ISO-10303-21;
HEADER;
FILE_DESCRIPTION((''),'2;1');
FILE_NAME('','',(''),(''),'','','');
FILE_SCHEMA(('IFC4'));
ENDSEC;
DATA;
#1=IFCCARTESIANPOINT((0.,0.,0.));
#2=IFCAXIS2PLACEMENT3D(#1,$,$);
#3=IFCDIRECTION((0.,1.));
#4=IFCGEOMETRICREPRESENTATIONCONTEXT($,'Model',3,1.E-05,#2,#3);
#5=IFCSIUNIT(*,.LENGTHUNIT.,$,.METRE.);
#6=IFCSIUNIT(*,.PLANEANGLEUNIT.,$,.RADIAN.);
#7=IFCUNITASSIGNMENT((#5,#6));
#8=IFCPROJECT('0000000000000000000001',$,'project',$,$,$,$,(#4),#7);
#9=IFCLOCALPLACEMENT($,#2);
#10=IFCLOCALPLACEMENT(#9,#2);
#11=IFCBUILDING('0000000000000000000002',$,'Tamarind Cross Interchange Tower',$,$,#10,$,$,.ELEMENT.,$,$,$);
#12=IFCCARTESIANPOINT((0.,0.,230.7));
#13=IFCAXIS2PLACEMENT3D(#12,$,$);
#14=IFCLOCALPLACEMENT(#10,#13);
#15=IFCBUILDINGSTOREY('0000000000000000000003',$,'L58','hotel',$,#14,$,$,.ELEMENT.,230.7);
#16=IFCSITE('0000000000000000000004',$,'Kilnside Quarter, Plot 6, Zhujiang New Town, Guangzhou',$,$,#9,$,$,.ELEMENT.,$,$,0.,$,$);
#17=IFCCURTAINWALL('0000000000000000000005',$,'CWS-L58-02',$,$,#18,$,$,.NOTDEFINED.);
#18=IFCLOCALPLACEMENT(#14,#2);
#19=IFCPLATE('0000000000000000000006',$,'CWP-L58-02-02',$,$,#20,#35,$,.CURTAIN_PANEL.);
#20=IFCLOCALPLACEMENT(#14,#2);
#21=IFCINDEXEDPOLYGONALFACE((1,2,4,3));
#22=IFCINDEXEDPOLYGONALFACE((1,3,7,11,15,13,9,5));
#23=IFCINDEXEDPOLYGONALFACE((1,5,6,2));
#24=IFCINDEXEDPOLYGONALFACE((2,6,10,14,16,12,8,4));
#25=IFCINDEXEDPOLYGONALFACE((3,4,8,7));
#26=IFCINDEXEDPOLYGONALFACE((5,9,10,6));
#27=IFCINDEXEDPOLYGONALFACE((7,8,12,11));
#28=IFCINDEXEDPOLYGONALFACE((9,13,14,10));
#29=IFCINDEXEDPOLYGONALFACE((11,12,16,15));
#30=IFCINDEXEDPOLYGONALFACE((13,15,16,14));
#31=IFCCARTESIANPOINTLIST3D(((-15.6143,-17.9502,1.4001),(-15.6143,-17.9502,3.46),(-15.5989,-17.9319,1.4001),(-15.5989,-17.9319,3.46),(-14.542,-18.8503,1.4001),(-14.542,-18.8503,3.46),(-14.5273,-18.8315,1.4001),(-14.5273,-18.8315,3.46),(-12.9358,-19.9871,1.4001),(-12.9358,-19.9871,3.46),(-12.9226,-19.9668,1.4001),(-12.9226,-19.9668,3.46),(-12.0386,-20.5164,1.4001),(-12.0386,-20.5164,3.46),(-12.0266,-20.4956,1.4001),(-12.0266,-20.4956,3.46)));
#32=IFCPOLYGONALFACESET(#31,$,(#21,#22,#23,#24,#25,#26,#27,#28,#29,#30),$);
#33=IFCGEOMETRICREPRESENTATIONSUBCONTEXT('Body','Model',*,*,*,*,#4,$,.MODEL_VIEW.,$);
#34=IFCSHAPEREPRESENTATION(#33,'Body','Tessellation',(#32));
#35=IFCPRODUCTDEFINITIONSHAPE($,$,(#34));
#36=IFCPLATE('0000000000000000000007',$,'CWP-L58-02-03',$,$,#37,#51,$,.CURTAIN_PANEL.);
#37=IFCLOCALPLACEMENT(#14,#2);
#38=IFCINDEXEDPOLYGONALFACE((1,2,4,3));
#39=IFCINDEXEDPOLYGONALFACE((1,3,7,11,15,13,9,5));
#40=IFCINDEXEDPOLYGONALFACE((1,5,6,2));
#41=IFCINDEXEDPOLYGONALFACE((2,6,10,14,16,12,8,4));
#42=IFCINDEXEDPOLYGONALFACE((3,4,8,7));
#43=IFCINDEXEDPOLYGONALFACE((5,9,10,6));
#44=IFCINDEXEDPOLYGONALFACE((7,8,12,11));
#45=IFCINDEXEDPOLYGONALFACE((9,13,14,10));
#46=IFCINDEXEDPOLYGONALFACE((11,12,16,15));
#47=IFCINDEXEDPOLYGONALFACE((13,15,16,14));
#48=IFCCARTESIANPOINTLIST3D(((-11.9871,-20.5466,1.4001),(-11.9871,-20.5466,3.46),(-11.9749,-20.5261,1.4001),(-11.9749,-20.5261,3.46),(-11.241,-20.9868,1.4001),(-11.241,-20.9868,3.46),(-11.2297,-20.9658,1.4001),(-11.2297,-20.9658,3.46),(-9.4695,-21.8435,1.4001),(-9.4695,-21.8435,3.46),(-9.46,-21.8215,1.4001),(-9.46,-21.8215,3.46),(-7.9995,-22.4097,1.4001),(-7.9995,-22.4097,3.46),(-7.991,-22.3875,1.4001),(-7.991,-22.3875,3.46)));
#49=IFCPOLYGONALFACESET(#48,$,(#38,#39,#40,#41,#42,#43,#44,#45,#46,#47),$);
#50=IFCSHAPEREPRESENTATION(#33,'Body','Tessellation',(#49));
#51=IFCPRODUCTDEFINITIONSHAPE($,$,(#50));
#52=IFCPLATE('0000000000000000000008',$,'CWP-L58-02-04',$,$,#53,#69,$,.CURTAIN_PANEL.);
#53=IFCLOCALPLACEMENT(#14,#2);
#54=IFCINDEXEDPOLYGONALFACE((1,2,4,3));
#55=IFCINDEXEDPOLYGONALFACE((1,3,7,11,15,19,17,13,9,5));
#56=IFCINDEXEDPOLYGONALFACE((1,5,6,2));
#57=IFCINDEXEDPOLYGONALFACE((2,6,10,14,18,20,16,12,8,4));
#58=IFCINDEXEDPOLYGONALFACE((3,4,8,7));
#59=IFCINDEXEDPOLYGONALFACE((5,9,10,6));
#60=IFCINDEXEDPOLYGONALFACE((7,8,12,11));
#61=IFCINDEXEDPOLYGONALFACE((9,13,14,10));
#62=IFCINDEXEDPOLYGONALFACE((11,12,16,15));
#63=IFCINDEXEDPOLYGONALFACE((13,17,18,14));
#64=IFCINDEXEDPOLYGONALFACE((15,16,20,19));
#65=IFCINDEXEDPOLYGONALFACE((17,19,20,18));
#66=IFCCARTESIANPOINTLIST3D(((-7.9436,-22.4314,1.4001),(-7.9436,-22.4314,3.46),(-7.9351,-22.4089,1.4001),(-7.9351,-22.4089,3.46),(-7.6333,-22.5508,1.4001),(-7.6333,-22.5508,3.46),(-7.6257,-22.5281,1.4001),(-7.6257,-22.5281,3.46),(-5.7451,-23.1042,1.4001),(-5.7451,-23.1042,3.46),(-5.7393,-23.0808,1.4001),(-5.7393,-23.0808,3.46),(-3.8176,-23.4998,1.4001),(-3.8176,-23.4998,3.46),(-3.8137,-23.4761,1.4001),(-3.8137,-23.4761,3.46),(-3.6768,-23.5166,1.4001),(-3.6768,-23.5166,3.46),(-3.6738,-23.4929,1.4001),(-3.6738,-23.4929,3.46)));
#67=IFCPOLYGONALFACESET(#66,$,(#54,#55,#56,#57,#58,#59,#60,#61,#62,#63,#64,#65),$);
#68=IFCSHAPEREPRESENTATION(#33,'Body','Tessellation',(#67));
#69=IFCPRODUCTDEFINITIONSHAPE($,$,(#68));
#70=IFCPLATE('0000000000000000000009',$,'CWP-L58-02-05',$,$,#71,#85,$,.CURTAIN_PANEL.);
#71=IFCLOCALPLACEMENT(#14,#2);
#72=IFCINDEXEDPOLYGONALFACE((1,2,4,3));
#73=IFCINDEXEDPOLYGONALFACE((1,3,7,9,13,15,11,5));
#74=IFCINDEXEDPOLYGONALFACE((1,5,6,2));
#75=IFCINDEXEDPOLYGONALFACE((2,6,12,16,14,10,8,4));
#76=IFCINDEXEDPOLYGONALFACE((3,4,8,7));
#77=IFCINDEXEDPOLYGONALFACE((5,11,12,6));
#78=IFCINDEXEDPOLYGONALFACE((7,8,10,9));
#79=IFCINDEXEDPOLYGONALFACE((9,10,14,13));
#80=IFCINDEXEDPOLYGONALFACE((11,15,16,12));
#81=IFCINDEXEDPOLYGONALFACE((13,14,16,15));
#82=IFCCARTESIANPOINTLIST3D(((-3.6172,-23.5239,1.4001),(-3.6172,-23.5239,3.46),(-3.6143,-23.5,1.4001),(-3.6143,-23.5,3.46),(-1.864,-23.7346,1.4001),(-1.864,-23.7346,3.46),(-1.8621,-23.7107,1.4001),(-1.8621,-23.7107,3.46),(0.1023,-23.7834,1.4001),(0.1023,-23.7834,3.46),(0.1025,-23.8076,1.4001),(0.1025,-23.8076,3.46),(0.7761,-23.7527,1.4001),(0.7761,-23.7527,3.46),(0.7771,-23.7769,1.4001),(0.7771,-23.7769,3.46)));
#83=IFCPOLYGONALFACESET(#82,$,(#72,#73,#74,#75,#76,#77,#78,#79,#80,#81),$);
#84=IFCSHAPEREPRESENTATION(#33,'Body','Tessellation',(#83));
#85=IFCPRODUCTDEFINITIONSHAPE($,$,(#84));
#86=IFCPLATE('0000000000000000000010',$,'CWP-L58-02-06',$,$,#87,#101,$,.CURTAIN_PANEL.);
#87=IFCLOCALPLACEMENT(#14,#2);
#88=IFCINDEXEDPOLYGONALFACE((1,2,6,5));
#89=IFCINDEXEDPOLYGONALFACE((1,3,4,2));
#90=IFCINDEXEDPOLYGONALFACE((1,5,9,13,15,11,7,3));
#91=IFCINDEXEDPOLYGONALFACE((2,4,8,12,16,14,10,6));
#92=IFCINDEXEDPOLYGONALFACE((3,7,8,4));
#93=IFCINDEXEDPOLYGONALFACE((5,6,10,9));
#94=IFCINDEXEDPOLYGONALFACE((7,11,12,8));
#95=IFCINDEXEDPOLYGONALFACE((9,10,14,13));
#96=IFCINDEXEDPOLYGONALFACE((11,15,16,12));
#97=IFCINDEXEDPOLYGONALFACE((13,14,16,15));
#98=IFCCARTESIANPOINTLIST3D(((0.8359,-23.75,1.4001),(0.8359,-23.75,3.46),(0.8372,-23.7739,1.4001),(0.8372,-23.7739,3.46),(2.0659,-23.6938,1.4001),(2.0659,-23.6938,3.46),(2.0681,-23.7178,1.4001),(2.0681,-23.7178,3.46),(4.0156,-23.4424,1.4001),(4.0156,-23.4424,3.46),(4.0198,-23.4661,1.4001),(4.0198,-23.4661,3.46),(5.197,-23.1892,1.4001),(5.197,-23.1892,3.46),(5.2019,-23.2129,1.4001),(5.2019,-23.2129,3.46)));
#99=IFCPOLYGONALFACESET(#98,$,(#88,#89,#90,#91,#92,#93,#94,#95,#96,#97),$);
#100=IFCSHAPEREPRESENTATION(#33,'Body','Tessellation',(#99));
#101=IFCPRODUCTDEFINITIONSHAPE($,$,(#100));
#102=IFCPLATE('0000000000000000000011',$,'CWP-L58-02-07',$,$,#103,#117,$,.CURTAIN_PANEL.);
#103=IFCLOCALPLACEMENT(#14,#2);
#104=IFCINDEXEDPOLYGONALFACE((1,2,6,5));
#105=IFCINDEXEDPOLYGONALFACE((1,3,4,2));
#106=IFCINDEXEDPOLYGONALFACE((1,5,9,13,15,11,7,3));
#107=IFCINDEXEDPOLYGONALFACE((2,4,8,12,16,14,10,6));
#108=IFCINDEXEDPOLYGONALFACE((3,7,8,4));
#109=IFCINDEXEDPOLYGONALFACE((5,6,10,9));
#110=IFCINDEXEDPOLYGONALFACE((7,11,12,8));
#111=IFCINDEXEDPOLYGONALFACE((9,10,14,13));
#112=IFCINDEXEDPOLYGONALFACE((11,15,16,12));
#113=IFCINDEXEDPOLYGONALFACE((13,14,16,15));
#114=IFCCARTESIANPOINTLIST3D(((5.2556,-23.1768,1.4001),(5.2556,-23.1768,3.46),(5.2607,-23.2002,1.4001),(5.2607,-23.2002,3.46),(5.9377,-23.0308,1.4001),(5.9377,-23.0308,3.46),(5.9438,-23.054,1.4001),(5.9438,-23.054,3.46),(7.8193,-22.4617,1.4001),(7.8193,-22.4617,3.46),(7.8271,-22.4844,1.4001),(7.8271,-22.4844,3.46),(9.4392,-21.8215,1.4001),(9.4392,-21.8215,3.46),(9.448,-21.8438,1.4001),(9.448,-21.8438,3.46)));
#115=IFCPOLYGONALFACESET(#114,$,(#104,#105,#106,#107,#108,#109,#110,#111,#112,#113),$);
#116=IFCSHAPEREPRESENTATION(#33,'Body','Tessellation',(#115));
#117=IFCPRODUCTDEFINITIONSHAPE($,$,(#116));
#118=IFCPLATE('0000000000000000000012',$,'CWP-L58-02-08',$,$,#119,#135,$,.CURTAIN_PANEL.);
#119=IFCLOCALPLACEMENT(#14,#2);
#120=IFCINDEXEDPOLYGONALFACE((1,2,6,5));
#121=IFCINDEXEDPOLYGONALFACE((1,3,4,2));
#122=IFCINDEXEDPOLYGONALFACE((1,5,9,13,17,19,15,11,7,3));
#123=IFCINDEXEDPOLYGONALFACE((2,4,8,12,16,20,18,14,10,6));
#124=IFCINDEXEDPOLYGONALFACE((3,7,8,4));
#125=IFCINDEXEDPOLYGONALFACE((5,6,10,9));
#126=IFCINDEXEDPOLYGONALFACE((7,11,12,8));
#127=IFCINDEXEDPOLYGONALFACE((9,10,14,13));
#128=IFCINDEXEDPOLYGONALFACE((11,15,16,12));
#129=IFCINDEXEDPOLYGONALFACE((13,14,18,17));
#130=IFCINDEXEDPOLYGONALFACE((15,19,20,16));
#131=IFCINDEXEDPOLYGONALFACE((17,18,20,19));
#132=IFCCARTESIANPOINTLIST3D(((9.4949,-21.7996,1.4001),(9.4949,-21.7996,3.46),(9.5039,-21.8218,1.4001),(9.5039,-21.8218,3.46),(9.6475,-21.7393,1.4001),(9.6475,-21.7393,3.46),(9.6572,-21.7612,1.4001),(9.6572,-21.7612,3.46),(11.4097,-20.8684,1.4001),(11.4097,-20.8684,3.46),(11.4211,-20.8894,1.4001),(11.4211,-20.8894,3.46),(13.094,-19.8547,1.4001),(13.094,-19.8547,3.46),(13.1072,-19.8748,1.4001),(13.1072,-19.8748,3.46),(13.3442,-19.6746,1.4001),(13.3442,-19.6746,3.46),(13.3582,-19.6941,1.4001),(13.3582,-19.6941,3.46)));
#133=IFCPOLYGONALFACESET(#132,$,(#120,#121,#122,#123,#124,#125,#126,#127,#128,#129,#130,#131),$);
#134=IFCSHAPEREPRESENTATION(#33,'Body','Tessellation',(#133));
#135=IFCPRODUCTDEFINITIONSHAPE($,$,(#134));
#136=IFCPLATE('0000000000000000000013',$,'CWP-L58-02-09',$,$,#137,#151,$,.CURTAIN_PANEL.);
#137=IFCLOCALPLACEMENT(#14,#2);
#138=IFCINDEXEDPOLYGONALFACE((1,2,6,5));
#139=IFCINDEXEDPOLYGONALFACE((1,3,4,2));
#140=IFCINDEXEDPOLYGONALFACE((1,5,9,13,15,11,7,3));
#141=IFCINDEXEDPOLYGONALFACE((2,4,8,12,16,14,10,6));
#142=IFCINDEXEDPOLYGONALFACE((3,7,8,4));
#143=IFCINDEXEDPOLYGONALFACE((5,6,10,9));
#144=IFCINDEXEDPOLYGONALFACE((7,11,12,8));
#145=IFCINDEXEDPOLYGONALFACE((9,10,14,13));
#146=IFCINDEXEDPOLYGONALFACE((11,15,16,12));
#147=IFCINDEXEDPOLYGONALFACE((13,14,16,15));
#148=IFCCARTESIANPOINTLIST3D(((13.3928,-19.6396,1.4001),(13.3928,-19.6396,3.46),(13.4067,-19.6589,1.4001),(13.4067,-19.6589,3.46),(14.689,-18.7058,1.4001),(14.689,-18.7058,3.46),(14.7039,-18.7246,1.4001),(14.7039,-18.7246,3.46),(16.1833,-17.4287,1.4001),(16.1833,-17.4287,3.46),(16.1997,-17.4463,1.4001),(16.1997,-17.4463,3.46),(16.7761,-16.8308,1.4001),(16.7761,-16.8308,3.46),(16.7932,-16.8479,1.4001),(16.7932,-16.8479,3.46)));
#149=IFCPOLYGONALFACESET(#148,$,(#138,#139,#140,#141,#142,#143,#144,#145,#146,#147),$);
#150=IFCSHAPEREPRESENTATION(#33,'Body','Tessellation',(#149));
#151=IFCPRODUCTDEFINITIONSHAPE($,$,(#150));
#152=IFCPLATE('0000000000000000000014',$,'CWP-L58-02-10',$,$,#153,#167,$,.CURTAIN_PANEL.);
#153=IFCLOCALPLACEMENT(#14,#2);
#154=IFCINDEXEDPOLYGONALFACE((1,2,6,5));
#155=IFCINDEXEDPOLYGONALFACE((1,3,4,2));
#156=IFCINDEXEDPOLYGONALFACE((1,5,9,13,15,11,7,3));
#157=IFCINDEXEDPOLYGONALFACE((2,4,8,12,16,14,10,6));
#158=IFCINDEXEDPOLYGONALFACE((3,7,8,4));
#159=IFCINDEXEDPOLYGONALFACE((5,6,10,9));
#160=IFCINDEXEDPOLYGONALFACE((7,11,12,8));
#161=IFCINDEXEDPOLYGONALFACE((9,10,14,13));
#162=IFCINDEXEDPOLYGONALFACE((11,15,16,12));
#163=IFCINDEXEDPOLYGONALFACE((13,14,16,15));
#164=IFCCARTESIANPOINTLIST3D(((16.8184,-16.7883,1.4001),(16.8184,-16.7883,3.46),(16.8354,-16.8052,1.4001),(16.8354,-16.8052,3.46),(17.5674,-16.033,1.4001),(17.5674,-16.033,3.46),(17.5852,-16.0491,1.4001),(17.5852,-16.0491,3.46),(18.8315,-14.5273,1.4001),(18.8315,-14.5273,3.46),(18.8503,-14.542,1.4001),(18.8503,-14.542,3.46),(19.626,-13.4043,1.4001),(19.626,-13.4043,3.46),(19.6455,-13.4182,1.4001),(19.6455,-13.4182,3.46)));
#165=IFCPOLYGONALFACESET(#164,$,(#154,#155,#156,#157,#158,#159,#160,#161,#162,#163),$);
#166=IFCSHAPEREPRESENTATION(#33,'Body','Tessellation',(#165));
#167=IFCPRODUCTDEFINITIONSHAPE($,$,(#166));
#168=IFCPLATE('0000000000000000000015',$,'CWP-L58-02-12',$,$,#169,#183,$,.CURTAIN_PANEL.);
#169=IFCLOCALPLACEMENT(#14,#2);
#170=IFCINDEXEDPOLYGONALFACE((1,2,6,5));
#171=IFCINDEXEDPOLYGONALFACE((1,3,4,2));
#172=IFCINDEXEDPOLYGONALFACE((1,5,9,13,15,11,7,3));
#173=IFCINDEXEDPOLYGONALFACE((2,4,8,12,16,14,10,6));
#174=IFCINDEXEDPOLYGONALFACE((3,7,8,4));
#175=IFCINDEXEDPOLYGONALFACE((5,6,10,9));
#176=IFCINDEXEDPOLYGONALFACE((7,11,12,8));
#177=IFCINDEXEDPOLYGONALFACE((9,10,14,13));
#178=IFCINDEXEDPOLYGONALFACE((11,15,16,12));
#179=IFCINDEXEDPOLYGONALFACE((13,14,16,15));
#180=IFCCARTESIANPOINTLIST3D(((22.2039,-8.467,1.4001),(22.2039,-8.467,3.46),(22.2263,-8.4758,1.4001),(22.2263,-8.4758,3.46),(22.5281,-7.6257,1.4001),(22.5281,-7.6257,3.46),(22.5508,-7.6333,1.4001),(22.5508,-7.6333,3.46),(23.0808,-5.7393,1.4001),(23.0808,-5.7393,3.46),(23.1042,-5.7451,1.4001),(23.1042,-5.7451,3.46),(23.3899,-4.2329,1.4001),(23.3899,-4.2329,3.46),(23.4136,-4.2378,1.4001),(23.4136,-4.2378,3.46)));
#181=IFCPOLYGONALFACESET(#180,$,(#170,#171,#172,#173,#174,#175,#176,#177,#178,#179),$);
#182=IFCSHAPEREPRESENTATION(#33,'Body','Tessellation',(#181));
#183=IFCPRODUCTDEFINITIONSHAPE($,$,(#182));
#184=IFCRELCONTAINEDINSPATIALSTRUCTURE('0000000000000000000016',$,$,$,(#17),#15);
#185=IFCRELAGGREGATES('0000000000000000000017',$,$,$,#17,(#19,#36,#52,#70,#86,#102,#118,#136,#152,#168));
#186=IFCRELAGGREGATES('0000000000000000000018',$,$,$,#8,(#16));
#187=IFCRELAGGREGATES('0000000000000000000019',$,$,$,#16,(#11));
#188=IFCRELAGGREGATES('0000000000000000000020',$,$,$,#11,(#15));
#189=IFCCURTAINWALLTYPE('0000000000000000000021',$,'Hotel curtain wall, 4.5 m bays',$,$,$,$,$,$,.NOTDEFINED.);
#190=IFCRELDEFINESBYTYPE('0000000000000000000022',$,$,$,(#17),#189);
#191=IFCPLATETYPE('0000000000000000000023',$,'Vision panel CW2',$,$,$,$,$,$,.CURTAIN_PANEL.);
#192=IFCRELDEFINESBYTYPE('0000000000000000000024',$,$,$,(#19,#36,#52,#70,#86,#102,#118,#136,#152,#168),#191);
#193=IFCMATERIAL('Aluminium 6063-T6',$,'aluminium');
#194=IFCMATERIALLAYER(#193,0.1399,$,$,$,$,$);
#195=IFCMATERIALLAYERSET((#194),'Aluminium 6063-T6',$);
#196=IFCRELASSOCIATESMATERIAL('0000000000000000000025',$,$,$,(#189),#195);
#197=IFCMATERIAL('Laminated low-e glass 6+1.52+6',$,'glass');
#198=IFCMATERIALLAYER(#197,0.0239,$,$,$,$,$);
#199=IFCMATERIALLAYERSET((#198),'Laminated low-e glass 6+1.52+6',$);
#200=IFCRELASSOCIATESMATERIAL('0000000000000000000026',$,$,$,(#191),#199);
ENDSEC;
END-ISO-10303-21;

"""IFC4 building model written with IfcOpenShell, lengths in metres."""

from ifc_helpers import new_model, si_unit, direction, frame, origin, place, context, subcontext, project, spatial, polyline, outline, extrude, material, layer, layer_set, type_object, element, aggregate, save


model = new_model("IFC4")

# Units and contexts
model_context = context("Model", 3, precision=1e-05, world=origin(), true_north=direction((0.0, 1.0)))
body_context = subcontext(model_context, "Body", "Model", "MODEL_VIEW")
ifc_project = project(units=[si_unit("LENGTHUNIT", "METRE"), si_unit("PLANEANGLEUNIT", "RADIAN")], contexts=[model_context])

# Site, building, storey
site_placement = place(None, origin())
site = spatial("IfcSite", under=ifc_project, at=site_placement, Name="Kilnside Quarter, Plot 6, Zhujiang New Town, Guangzhou", CompositionType="ELEMENT", RefElevation=0.0)
building_placement = place(site_placement, origin())
building = spatial("IfcBuilding", under=site, at=building_placement, Name="Tamarind Cross Interchange Tower", CompositionType="ELEMENT")
storey_placement = place(building_placement, frame((0.0, 0.0, 230.7)))
storey = spatial("IfcBuildingStorey", under=building, at=storey_placement, Name="L58", Description="hotel", CompositionType="ELEMENT", Elevation=230.7)

# Shared definitions
ifc_material_1 = material(Name="Aluminium 6063-T6", Category="aluminium")
ifc_layer_1 = layer(ifc_material_1, 0.1399)
ifc_layer_set_1 = layer_set([ifc_layer_1], Name="Aluminium 6063-T6")
curtain_wall_type = type_object("IfcCurtainWallType", Name="Hotel curtain wall, 4.5 m bays", PredefinedType="NOTDEFINED", material=ifc_layer_set_1)

# Shared definitions
ifc_material_2 = material(Name="Laminated low-e glass 6+1.52+6", Category="glass")
ifc_layer_2 = layer(ifc_material_2, 0.0239)
ifc_layer_set_2 = layer_set([ifc_layer_2], Name="Laminated low-e glass 6+1.52+6")
plate_type = type_object("IfcPlateType", Name="Vision panel CW2", PredefinedType="CURTAIN_PANEL", material=ifc_layer_set_2)

# Curtain wall, plates
curtain_wall_1_placement = place(storey_placement, origin())
curtain_wall_1 = element("IfcCurtainWall", 1, at=curtain_wall_1_placement, inside=storey, type_object=curtain_wall_type, Name="CWS-L58-02", PredefinedType="NOTDEFINED")
plate_1_placement = place(storey_placement, frame((0.0, 0.0, 1.4001)))
plate_1 = element("IfcPlate", 2, at=plate_1_placement, type_object=plate_type, Name="CWP-L58-02-02", PredefinedType="CURTAIN_PANEL", context=body_context, shape_type="SweptSolid", body=[
    extrude(outline(polyline([(-15.5989, -17.9319), (-14.5273, -18.8315), (-12.9226, -19.9668), (-12.0266, -20.4956), (-12.0386, -20.5164), (-12.9358, -19.9871), (-14.542, -18.8503), (-15.6143, -17.9502), (-15.5989, -17.9319)])), origin(), (0.0, 0.0, 1.0), 2.0598),
])
plate_2_placement = place(storey_placement, frame((0.0, 0.0, 1.4001)))
plate_2 = element("IfcPlate", 3, at=plate_2_placement, type_object=plate_type, Name="CWP-L58-02-03", PredefinedType="CURTAIN_PANEL", context=body_context, shape_type="SweptSolid", body=[
    extrude(outline(polyline([(-11.9749, -20.5261), (-11.2297, -20.9658), (-9.46, -21.8215), (-7.991, -22.3875), (-7.9995, -22.4097), (-9.4695, -21.8435), (-11.241, -20.9868), (-11.9871, -20.5466), (-11.9749, -20.5261)])), origin(), (0.0, 0.0, 1.0), 2.0598),
])
plate_3_placement = place(storey_placement, frame((0.0, 0.0, 1.4001)))
plate_3 = element("IfcPlate", 4, at=plate_3_placement, type_object=plate_type, Name="CWP-L58-02-04", PredefinedType="CURTAIN_PANEL", context=body_context, shape_type="SweptSolid", body=[
    extrude(outline(polyline([(-7.9351, -22.4089), (-7.6257, -22.5281), (-5.7393, -23.0808), (-3.8137, -23.4761), (-3.6738, -23.4929), (-3.6768, -23.5166), (-3.8176, -23.4998), (-5.7451, -23.1042), (-7.6333, -22.5508), (-7.9436, -22.4314), (-7.9351, -22.4089)])), origin(), (0.0, 0.0, 1.0), 2.0598),
])
plate_4_placement = place(storey_placement, frame((0.0, 0.0, 1.4001)))
plate_4 = element("IfcPlate", 5, at=plate_4_placement, type_object=plate_type, Name="CWP-L58-02-05", PredefinedType="CURTAIN_PANEL", context=body_context, shape_type="SweptSolid", body=[
    extrude(outline(polyline([(-3.6143, -23.5), (-1.8621, -23.7107), (0.1023, -23.7834), (0.7761, -23.7527), (0.7771, -23.7769), (0.1025, -23.8076), (-1.864, -23.7346), (-3.6172, -23.5239), (-3.6143, -23.5)])), origin(), (0.0, 0.0, 1.0), 2.0598),
])
plate_5_placement = place(storey_placement, frame((0.0, 0.0, 1.4001)))
plate_5 = element("IfcPlate", 6, at=plate_5_placement, type_object=plate_type, Name="CWP-L58-02-06", PredefinedType="CURTAIN_PANEL", context=body_context, shape_type="SweptSolid", body=[
    extrude(outline(polyline([(0.8359, -23.75), (2.0659, -23.6938), (4.0156, -23.4424), (5.197, -23.1892), (5.2019, -23.2129), (4.0198, -23.4661), (2.0681, -23.7178), (0.8372, -23.7739), (0.8359, -23.75)])), origin(), (0.0, 0.0, 1.0), 2.0598),
])
plate_6_placement = place(storey_placement, frame((0.0, 0.0, 1.4001)))
plate_6 = element("IfcPlate", 7, at=plate_6_placement, type_object=plate_type, Name="CWP-L58-02-07", PredefinedType="CURTAIN_PANEL", context=body_context, shape_type="SweptSolid", body=[
    extrude(outline(polyline([(5.2556, -23.1768), (5.9377, -23.0308), (7.8193, -22.4617), (9.4392, -21.8215), (9.448, -21.8438), (7.8271, -22.4844), (5.9438, -23.054), (5.2607, -23.2002), (5.2556, -23.1768)])), origin(), (0.0, 0.0, 1.0), 2.0598),
])
plate_7_placement = place(storey_placement, frame((0.0, 0.0, 1.4001)))
plate_7 = element("IfcPlate", 8, at=plate_7_placement, type_object=plate_type, Name="CWP-L58-02-08", PredefinedType="CURTAIN_PANEL", context=body_context, shape_type="SweptSolid", body=[
    extrude(outline(polyline([(9.4949, -21.7996), (9.6475, -21.7393), (11.4097, -20.8684), (13.094, -19.8547), (13.3442, -19.6746), (13.3582, -19.6941), (13.1072, -19.8748), (11.4211, -20.8894), (9.6572, -21.7612), (9.5039, -21.8218), (9.4949, -21.7996)])), origin(), (0.0, 0.0, 1.0), 2.0598),
])
plate_8_placement = place(storey_placement, frame((0.0, 0.0, 1.4001)))
plate_8 = element("IfcPlate", 9, at=plate_8_placement, type_object=plate_type, Name="CWP-L58-02-09", PredefinedType="CURTAIN_PANEL", context=body_context, shape_type="SweptSolid", body=[
    extrude(outline(polyline([(13.3928, -19.6396), (14.689, -18.7058), (16.1833, -17.4287), (16.7761, -16.8308), (16.7932, -16.8479), (16.1997, -17.4463), (14.7039, -18.7246), (13.4067, -19.6589), (13.3928, -19.6396)])), origin(), (0.0, 0.0, 1.0), 2.0598),
])
plate_9_placement = place(storey_placement, frame((0.0, 0.0, 1.4001)))
plate_9 = element("IfcPlate", 10, at=plate_9_placement, type_object=plate_type, Name="CWP-L58-02-10", PredefinedType="CURTAIN_PANEL", context=body_context, shape_type="SweptSolid", body=[
    extrude(outline(polyline([(16.8184, -16.7883), (17.5674, -16.033), (18.8315, -14.5273), (19.626, -13.4043), (19.6455, -13.4182), (18.8503, -14.542), (17.5852, -16.0491), (16.8354, -16.8052), (16.8184, -16.7883)])), origin(), (0.0, 0.0, 1.0), 2.0598),
])
plate_10_placement = place(storey_placement, frame((0.0, 0.0, 1.4001)))
plate_10 = element("IfcPlate", 11, at=plate_10_placement, type_object=plate_type, Name="CWP-L58-02-12", PredefinedType="CURTAIN_PANEL", context=body_context, shape_type="SweptSolid", body=[
    extrude(outline(polyline([(22.2039, -8.467), (22.5281, -7.6257), (23.0808, -5.7393), (23.3899, -4.2329), (23.4136, -4.2378), (23.1042, -5.7451), (22.5508, -7.6333), (22.2263, -8.4758), (22.2039, -8.467)])), origin(), (0.0, 0.0, 1.0), 2.0598),
])
aggregate(curtain_wall_1, [plate_1, plate_2, plate_3, plate_4, plate_5, plate_6, plate_7, plate_8, plate_9, plate_10])

save(model, "model.ifc")
